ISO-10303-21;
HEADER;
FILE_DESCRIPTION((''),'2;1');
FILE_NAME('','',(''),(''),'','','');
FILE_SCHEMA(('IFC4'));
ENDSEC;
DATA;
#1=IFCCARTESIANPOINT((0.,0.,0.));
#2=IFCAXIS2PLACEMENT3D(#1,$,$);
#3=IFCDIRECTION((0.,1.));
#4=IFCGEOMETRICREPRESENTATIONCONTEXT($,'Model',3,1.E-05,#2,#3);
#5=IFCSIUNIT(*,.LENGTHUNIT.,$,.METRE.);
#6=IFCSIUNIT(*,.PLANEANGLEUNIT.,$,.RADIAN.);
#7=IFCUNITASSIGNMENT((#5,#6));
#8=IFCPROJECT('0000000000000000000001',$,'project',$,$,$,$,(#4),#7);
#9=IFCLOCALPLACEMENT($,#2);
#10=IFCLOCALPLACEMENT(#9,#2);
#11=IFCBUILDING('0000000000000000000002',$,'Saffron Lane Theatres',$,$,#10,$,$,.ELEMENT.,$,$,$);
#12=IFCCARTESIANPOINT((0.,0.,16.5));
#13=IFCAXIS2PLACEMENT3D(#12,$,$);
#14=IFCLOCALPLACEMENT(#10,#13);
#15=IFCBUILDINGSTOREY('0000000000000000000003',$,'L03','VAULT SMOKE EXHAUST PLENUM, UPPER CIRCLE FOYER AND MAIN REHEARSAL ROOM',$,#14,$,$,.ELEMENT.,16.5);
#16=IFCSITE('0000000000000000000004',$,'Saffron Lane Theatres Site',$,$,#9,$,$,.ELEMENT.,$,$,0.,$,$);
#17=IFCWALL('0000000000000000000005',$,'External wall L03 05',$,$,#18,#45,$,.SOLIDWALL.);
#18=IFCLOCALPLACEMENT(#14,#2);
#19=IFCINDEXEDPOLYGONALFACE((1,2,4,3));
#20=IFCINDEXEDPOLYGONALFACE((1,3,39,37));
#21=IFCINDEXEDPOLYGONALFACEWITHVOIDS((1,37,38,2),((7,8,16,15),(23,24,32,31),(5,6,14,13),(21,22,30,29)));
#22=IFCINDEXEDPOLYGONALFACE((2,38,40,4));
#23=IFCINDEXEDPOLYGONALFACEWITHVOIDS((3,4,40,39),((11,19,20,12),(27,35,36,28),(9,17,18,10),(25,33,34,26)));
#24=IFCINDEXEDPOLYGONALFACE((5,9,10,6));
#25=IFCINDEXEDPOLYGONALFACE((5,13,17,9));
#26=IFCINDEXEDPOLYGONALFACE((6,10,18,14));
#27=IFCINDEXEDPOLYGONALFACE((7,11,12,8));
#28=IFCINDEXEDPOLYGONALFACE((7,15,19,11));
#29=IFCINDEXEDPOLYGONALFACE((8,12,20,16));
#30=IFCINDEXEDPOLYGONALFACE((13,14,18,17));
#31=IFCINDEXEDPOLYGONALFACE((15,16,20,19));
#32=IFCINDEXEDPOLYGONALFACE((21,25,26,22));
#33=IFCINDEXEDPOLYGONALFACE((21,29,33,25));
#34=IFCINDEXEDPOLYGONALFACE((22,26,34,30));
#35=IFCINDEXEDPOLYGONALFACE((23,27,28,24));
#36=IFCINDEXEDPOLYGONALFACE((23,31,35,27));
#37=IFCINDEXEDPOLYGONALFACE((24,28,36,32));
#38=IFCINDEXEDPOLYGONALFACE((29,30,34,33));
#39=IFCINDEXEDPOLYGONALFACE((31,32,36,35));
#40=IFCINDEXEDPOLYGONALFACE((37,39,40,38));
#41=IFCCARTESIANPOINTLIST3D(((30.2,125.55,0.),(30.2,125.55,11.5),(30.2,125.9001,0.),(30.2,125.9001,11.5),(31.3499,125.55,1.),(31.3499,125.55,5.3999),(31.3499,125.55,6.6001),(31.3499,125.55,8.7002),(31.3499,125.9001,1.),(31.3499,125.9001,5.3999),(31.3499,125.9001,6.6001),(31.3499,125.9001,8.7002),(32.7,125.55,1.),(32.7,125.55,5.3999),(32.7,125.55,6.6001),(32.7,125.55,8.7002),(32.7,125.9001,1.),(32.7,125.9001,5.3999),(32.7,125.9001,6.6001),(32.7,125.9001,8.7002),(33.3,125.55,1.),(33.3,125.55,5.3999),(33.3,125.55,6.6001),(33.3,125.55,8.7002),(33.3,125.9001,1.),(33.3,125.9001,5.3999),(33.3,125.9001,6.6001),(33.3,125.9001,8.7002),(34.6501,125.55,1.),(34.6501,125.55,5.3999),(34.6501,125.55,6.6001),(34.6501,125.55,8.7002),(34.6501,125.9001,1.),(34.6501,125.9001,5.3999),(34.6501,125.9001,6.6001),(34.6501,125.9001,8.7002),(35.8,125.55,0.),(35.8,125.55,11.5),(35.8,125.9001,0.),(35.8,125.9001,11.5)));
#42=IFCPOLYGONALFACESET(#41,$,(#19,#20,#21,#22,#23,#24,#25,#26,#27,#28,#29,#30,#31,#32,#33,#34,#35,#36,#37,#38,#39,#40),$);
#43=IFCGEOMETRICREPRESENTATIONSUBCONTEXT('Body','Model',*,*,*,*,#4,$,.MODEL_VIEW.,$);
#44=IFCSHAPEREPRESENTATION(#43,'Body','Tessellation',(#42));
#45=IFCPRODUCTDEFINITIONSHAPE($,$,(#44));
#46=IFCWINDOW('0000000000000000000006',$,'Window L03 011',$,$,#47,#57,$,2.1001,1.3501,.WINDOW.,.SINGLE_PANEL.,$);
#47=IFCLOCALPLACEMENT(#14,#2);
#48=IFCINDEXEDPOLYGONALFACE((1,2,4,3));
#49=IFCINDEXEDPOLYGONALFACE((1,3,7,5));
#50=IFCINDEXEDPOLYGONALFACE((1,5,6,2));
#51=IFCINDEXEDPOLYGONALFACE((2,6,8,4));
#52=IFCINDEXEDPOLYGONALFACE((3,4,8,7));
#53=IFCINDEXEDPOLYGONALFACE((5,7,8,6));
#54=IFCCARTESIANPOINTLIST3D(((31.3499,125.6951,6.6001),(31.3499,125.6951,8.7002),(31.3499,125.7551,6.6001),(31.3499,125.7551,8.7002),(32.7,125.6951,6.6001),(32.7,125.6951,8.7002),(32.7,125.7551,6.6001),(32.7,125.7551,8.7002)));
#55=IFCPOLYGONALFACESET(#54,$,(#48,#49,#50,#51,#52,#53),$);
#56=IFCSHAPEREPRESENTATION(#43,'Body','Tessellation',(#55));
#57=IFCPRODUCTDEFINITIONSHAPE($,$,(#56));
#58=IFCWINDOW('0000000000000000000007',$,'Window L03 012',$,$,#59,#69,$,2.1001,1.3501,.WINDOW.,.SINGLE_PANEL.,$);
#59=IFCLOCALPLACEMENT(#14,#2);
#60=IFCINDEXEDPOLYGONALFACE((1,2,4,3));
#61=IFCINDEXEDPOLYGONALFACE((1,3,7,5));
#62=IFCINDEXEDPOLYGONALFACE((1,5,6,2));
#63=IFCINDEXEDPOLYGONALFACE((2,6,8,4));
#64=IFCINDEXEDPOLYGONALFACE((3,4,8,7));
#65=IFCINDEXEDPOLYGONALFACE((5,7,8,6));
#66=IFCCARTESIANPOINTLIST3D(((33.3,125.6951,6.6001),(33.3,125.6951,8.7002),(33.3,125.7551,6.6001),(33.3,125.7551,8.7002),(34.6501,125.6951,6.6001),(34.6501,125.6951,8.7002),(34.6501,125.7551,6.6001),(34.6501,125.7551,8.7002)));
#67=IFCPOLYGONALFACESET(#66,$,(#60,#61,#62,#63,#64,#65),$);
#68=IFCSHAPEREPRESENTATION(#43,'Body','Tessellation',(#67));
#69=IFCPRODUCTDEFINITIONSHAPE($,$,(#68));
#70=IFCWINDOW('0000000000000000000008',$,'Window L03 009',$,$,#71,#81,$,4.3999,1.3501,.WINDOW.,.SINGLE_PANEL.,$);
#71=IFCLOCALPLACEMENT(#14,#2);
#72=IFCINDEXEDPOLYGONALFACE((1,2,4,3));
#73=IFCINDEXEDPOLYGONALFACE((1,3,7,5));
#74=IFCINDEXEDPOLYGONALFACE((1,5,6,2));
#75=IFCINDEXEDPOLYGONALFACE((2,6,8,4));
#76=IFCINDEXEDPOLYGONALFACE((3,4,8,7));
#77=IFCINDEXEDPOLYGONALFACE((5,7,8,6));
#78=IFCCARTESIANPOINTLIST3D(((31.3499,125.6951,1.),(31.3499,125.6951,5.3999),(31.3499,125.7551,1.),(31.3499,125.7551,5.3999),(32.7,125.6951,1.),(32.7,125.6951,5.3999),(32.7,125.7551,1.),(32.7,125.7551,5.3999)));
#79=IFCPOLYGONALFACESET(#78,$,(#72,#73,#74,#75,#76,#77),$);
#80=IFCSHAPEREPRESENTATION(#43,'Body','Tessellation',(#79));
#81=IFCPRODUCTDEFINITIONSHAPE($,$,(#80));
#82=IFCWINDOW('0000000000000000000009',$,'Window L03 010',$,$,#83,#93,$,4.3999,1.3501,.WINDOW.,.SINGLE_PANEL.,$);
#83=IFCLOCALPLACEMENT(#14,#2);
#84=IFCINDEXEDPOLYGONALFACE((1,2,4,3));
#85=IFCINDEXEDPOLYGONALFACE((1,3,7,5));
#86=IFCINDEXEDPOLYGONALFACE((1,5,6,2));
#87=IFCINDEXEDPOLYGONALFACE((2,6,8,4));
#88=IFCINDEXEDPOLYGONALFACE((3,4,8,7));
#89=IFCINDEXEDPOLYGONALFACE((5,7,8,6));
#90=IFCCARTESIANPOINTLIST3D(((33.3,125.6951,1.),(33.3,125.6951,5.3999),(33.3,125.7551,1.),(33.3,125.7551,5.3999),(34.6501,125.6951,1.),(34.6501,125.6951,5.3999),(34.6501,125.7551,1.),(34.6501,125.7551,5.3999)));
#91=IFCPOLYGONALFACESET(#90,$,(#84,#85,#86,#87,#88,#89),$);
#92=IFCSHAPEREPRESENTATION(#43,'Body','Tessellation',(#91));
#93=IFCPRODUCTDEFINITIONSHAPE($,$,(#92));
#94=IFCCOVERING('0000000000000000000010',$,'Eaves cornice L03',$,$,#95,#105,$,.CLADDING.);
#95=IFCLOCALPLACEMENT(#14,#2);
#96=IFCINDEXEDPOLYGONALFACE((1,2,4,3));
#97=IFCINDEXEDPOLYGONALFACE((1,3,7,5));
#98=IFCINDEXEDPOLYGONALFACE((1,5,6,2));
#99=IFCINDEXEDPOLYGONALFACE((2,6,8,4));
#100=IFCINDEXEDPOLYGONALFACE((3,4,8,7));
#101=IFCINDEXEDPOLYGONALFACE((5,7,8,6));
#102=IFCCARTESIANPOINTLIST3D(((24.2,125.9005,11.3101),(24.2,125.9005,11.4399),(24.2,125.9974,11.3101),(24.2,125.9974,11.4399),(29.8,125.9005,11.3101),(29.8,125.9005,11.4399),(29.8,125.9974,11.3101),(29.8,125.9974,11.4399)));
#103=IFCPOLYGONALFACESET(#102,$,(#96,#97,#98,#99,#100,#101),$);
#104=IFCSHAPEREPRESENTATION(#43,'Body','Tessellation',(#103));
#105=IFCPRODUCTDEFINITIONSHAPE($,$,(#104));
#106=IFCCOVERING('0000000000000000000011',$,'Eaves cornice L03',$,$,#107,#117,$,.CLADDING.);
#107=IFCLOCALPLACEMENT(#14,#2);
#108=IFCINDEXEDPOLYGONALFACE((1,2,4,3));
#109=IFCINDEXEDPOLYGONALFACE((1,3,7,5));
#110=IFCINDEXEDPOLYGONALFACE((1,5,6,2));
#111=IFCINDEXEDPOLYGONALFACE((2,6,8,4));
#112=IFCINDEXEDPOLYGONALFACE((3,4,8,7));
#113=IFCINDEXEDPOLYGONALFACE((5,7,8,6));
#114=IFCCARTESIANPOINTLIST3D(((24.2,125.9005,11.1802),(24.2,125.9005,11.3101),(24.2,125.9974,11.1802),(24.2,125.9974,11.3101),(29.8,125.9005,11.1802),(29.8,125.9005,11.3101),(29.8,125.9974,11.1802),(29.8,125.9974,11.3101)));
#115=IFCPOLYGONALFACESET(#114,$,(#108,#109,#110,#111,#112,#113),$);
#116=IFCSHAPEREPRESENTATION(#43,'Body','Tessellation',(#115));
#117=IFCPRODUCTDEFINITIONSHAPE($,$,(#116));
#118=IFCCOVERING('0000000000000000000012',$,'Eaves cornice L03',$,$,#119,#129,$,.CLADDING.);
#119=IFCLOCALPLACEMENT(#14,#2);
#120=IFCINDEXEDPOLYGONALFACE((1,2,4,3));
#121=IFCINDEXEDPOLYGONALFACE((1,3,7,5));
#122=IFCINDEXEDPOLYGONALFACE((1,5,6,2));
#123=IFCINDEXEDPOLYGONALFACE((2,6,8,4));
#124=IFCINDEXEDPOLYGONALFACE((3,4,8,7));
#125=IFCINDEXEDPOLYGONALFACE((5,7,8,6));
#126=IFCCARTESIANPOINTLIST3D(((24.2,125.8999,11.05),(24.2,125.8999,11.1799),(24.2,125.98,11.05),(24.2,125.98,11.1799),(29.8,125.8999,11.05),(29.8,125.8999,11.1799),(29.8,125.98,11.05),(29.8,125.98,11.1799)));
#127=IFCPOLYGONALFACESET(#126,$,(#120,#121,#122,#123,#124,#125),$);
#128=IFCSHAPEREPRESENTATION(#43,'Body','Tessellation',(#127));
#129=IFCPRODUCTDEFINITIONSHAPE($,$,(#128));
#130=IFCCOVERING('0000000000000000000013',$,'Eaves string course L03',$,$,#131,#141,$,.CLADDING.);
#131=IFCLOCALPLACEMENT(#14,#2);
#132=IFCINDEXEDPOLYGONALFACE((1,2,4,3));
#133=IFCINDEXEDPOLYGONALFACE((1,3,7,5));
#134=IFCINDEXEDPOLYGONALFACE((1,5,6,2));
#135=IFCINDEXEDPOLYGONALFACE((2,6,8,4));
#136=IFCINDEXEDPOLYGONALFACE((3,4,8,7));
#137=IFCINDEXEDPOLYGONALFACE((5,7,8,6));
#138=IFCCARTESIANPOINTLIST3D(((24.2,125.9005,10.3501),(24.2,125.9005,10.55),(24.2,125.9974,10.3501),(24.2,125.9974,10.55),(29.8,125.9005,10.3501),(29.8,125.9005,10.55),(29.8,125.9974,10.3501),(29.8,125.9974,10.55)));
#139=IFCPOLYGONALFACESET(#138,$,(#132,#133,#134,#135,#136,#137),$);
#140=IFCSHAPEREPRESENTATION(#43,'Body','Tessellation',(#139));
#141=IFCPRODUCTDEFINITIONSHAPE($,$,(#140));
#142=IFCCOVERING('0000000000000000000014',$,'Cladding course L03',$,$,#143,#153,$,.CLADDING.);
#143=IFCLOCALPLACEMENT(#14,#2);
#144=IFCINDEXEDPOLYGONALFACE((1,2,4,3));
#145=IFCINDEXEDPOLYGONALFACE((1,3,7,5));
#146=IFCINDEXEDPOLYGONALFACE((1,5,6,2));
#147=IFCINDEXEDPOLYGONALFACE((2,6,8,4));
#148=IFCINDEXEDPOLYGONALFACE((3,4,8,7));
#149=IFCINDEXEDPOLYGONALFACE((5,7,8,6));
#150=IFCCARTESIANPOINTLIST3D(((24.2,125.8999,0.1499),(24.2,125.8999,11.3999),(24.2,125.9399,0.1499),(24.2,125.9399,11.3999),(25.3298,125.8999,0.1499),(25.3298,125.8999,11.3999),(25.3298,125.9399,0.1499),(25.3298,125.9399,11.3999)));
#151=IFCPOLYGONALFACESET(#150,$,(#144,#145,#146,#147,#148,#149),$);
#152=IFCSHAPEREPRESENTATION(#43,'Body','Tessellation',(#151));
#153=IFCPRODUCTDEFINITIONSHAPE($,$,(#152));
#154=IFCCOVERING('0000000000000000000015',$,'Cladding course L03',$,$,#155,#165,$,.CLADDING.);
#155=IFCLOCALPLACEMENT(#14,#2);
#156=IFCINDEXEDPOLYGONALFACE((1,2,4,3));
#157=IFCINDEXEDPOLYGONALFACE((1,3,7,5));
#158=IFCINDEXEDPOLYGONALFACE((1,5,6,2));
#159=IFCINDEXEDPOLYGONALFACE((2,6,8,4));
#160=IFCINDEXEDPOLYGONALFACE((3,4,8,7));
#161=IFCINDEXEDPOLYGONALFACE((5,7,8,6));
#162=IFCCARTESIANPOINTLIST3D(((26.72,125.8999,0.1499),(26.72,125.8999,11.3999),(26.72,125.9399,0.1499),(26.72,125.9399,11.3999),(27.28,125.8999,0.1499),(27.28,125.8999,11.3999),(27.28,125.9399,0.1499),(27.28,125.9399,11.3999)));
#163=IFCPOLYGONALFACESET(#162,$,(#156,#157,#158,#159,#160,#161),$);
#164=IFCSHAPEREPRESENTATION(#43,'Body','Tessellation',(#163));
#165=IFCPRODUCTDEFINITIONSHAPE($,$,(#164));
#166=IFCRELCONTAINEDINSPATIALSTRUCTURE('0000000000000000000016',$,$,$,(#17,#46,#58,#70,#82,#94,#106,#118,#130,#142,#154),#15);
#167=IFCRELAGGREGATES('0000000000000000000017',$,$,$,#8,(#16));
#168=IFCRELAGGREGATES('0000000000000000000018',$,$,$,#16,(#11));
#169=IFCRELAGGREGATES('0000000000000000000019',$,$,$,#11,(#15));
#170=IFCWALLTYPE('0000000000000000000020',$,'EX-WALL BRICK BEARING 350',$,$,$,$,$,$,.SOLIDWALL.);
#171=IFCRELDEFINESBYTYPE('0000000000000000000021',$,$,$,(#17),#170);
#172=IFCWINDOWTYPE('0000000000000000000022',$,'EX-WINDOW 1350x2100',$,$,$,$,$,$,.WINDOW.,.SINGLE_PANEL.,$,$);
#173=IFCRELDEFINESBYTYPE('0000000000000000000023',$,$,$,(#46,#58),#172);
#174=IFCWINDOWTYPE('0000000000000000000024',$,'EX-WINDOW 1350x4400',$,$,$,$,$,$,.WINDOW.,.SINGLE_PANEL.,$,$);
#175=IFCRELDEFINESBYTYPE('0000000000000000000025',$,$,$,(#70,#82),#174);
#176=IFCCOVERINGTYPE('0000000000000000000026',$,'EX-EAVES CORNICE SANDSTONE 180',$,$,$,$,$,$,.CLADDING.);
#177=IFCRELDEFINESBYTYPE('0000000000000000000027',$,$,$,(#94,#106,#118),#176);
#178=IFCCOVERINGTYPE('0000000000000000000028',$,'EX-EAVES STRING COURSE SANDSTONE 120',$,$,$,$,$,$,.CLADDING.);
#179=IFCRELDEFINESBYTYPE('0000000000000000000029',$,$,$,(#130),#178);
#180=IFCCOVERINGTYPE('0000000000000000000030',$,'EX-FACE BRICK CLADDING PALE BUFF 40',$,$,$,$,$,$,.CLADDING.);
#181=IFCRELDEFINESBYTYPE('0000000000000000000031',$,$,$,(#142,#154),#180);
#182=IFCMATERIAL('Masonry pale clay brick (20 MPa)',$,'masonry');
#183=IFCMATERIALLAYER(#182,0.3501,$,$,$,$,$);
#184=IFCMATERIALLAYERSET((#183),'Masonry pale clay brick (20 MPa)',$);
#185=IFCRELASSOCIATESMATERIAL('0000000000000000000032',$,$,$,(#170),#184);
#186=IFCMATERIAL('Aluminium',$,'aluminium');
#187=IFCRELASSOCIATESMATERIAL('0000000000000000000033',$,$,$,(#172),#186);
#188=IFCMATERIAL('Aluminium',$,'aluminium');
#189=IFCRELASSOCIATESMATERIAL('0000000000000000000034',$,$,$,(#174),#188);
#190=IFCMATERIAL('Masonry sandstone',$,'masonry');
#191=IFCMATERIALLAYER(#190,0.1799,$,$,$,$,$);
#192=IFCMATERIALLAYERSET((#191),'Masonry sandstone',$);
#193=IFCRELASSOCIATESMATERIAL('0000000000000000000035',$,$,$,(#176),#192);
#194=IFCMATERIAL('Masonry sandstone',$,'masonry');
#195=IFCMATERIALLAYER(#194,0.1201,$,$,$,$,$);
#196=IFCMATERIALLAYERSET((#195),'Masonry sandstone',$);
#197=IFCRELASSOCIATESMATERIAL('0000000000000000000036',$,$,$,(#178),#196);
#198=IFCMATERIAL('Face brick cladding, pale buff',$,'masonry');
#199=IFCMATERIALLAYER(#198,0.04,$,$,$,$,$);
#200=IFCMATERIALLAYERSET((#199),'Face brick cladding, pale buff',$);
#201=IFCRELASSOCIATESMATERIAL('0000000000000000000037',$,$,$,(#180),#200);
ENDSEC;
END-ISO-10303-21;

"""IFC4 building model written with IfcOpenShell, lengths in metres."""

from ifc_helpers import new_model, si_unit, direction, frame, frame_2d, origin, origin_2d, place, context, subcontext, project, spatial, rectangle, extrude, material, layer, layer_set, type_object, element, fill, save


model = new_model("IFC4")

# Units and contexts
model_context = context("Model", 3, precision=1e-05, world=origin(), true_north=direction((0.0, 1.0)))
body_context = subcontext(model_context, "Body", "Model", "MODEL_VIEW")
ifc_project = project(units=[si_unit("LENGTHUNIT", "METRE"), si_unit("PLANEANGLEUNIT", "RADIAN")], contexts=[model_context])

# Site, building, storey
site_placement = place(None, origin())
site = spatial("IfcSite", under=ifc_project, at=site_placement, Name="Saffron Lane Theatres Site", CompositionType="ELEMENT", RefElevation=0.0)
building_placement = place(site_placement, origin())
building = spatial("IfcBuilding", under=site, at=building_placement, Name="Saffron Lane Theatres", CompositionType="ELEMENT")
storey_placement = place(building_placement, frame((0.0, 0.0, 16.5)))
storey = spatial("IfcBuildingStorey", under=building, at=storey_placement, Name="L03", Description="VAULT SMOKE EXHAUST PLENUM, UPPER CIRCLE FOYER AND MAIN REHEARSAL ROOM", CompositionType="ELEMENT", Elevation=16.5)

# Wall, openings, windows
ifc_material_1 = material(Name="Masonry pale clay brick (20 MPa)", Category="masonry")
ifc_layer_1 = layer(ifc_material_1, 0.3501)
ifc_layer_set_1 = layer_set([ifc_layer_1], Name="Masonry pale clay brick (20 MPa)")
wall_type = type_object("IfcWallType", Name="EX-WALL BRICK BEARING 350", PredefinedType="SOLIDWALL", material=ifc_layer_set_1)
wall_placement = place(storey_placement, frame((30.2, 125.7251, 0.0), z_axis=(0.0, 0.0, 1.0), x_axis=(1.0, 0.0, 0.0)))
wall = element("IfcWall", 1, at=wall_placement, inside=storey, type_object=wall_type, Name="External wall L03 05", PredefinedType="SOLIDWALL", context=body_context, shape_type="SweptSolid", body=[
    extrude(rectangle(XDim=5.6001, YDim=0.3501, at=frame_2d((2.8, 0.0))), origin(), (0.0, 0.0, 1.0), 11.5),
])
opening_1_placement = place(wall_placement, frame((1.1499, 0.0, 1.0)))
opening_1 = element("IfcOpeningElement", 2, at=opening_1_placement, cuts=wall, PredefinedType="OPENING", context=body_context, shape_type="SweptSolid", body=[
    extrude(rectangle(XDim=1.3501, YDim=4.3999, at=frame_2d((0.675, 2.2))), frame((0.0, 0.1851, 0.0), z_axis=(0.0, -1.0, 0.0), x_axis=(1.0, 0.0, 0.0)), (0.0, 0.0, 1.0), 0.3701),
])
opening_2_placement = place(wall_placement, frame((3.1001, 0.0, 1.0)))
opening_2 = element("IfcOpeningElement", 3, at=opening_2_placement, cuts=wall, PredefinedType="OPENING", context=body_context, shape_type="SweptSolid", body=[
    extrude(rectangle(XDim=1.3501, YDim=4.3999, at=frame_2d((0.675, 2.2))), frame((0.0, 0.1851, 0.0), z_axis=(0.0, -1.0, 0.0), x_axis=(1.0, 0.0, 0.0)), (0.0, 0.0, 1.0), 0.3701),
])
opening_3_placement = place(wall_placement, frame((1.1499, 0.0, 6.6001)))
opening_3 = element("IfcOpeningElement", 4, at=opening_3_placement, cuts=wall, PredefinedType="OPENING", context=body_context, shape_type="SweptSolid", body=[
    extrude(rectangle(XDim=1.3501, YDim=2.1001, at=frame_2d((0.675, 1.05))), frame((0.0, 0.1851, 0.0), z_axis=(0.0, -1.0, 0.0), x_axis=(1.0, 0.0, 0.0)), (0.0, 0.0, 1.0), 0.3701),
])
opening_4_placement = place(wall_placement, frame((3.1001, 0.0, 6.6001)))
opening_4 = element("IfcOpeningElement", 5, at=opening_4_placement, cuts=wall, PredefinedType="OPENING", context=body_context, shape_type="SweptSolid", body=[
    extrude(rectangle(XDim=1.3501, YDim=2.1001, at=frame_2d((0.675, 1.05))), frame((0.0, 0.1851, 0.0), z_axis=(0.0, -1.0, 0.0), x_axis=(1.0, 0.0, 0.0)), (0.0, 0.0, 1.0), 0.3701),
])
ifc_material_2 = material(Name="Aluminium", Category="aluminium")
window_type_1 = type_object("IfcWindowType", Name="EX-WINDOW 1350x2100", PartitioningType="SINGLE_PANEL", PredefinedType="WINDOW", material=ifc_material_2)
window_1_placement = place(opening_3_placement, origin())
window_1 = element("IfcWindow", 6, at=window_1_placement, inside=storey, type_object=window_type_1, Name="Window L03 011", OverallHeight=2.1001, OverallWidth=1.3501, PartitioningType="SINGLE_PANEL", PredefinedType="WINDOW", context=body_context, shape_type="SweptSolid", body=[
    extrude(rectangle(XDim=1.3501, YDim=2.1001, at=frame_2d((0.675, 1.05))), frame((0.0, 0.03, 0.0), z_axis=(0.0, -1.0, 0.0), x_axis=(1.0, 0.0, 0.0)), (0.0, 0.0, 1.0), 0.0601),
])
fill(opening_3, window_1)
window_2_placement = place(opening_4_placement, origin())
window_2 = element("IfcWindow", 7, at=window_2_placement, inside=storey, type_object=window_type_1, Name="Window L03 012", OverallHeight=2.1001, OverallWidth=1.3501, PartitioningType="SINGLE_PANEL", PredefinedType="WINDOW", context=body_context, shape_type="SweptSolid", body=[
    extrude(rectangle(XDim=1.3501, YDim=2.1001, at=frame_2d((0.675, 1.05))), frame((0.0, 0.03, 0.0), z_axis=(0.0, -1.0, 0.0), x_axis=(1.0, 0.0, 0.0)), (0.0, 0.0, 1.0), 0.0601),
])
fill(opening_4, window_2)
ifc_material_3 = material(Name="Aluminium", Category="aluminium")
window_type_2 = type_object("IfcWindowType", Name="EX-WINDOW 1350x4400", PartitioningType="SINGLE_PANEL", PredefinedType="WINDOW", material=ifc_material_3)
window_3_placement = place(opening_1_placement, origin())
window_3 = element("IfcWindow", 8, at=window_3_placement, inside=storey, type_object=window_type_2, Name="Window L03 009", OverallHeight=4.3999, OverallWidth=1.3501, PartitioningType="SINGLE_PANEL", PredefinedType="WINDOW", context=body_context, shape_type="SweptSolid", body=[
    extrude(rectangle(XDim=1.3501, YDim=4.3999, at=frame_2d((0.675, 2.2))), frame((0.0, 0.03, 0.0), z_axis=(0.0, -1.0, 0.0), x_axis=(1.0, 0.0, 0.0)), (0.0, 0.0, 1.0), 0.0601),
])
fill(opening_1, window_3)
window_4_placement = place(opening_2_placement, origin())
window_4 = element("IfcWindow", 9, at=window_4_placement, inside=storey, type_object=window_type_2, Name="Window L03 010", OverallHeight=4.3999, OverallWidth=1.3501, PartitioningType="SINGLE_PANEL", PredefinedType="WINDOW", context=body_context, shape_type="SweptSolid", body=[
    extrude(rectangle(XDim=1.3501, YDim=4.3999, at=frame_2d((0.675, 2.2))), frame((0.0, 0.03, 0.0), z_axis=(0.0, -1.0, 0.0), x_axis=(1.0, 0.0, 0.0)), (0.0, 0.0, 1.0), 0.0601),
])
fill(opening_2, window_4)

# Coverings
ifc_material_4 = material(Name="Masonry sandstone", Category="masonry")
ifc_layer_2 = layer(ifc_material_4, 0.1799)
ifc_layer_set_2 = layer_set([ifc_layer_2], Name="Masonry sandstone")
covering_type_1 = type_object("IfcCoveringType", Name="EX-EAVES CORNICE SANDSTONE 180", PredefinedType="CLADDING", material=ifc_layer_set_2)
for number, where, z_axis, x_axis, name in (
    (10, (27.0, 125.949, 11.3101), (0.0, 0.0, 1.0), (1.0, 0.0, 0.0), "Eaves cornice L03"),
    (11, (27.0, 125.949, 11.1802), (0.0, 0.0, 1.0), (1.0, 0.0, 0.0), "Eaves cornice L03"),
):
    element("IfcCovering", number, at=place(storey_placement, frame(where, z_axis=z_axis, x_axis=x_axis)), inside=storey, type_object=covering_type_1, Name=name, PredefinedType="CLADDING", context=body_context, shape_type="SweptSolid", body=[
        extrude(rectangle(XDim=5.6001, YDim=0.0969, at=origin_2d()), origin(), (0.0, 0.0, 1.0), 0.1299),
    ])
covering_1_placement = place(storey_placement, frame((27.0, 125.9399, 11.05), z_axis=(0.0, 0.0, 1.0), x_axis=(1.0, 0.0, 0.0)))
element("IfcCovering", 12, at=covering_1_placement, inside=storey, type_object=covering_type_1, Name="Eaves cornice L03", PredefinedType="CLADDING", context=body_context, shape_type="SweptSolid", body=[
    extrude(rectangle(XDim=5.6001, YDim=0.0801, at=origin_2d()), origin(), (0.0, 0.0, 1.0), 0.1299),
])
ifc_material_5 = material(Name="Masonry sandstone", Category="masonry")
ifc_layer_3 = layer(ifc_material_5, 0.1201)
ifc_layer_set_3 = layer_set([ifc_layer_3], Name="Masonry sandstone")
covering_type_2 = type_object("IfcCoveringType", Name="EX-EAVES STRING COURSE SANDSTONE 120", PredefinedType="CLADDING", material=ifc_layer_set_3)
covering_2_placement = place(storey_placement, frame((27.0, 125.949, 10.3501), z_axis=(0.0, 0.0, 1.0), x_axis=(1.0, 0.0, 0.0)))
element("IfcCovering", 13, at=covering_2_placement, inside=storey, type_object=covering_type_2, Name="Eaves string course L03", PredefinedType="CLADDING", context=body_context, shape_type="SweptSolid", body=[
    extrude(rectangle(XDim=5.6001, YDim=0.0969, at=origin_2d()), origin(), (0.0, 0.0, 1.0), 0.2),
])
ifc_material_6 = material(Name="Face brick cladding, pale buff", Category="masonry")
ifc_layer_4 = layer(ifc_material_6, 0.04)
ifc_layer_set_4 = layer_set([ifc_layer_4], Name="Face brick cladding, pale buff")
covering_type_3 = type_object("IfcCoveringType", Name="EX-FACE BRICK CLADDING PALE BUFF 40", PredefinedType="CLADDING", material=ifc_layer_set_4)
covering_3_placement = place(storey_placement, frame((24.7649, 125.9199, 0.1499), z_axis=(0.0, 0.0, 1.0), x_axis=(1.0, 0.0, 0.0)))
element("IfcCovering", 14, at=covering_3_placement, inside=storey, type_object=covering_type_3, Name="Cladding course L03", PredefinedType="CLADDING", context=body_context, shape_type="SweptSolid", body=[
    extrude(rectangle(XDim=1.1299, YDim=0.04, at=origin_2d()), origin(), (0.0, 0.0, 1.0), 11.25),
])
covering_4_placement = place(storey_placement, frame((27.0, 125.9199, 0.1499), z_axis=(0.0, 0.0, 1.0), x_axis=(1.0, 0.0, 0.0)))
element("IfcCovering", 15, at=covering_4_placement, inside=storey, type_object=covering_type_3, Name="Cladding course L03", PredefinedType="CLADDING", context=body_context, shape_type="SweptSolid", body=[
    extrude(rectangle(XDim=0.5601, YDim=0.04, at=origin_2d()), origin(), (0.0, 0.0, 1.0), 11.25),
])

save(model, "model.ifc")
